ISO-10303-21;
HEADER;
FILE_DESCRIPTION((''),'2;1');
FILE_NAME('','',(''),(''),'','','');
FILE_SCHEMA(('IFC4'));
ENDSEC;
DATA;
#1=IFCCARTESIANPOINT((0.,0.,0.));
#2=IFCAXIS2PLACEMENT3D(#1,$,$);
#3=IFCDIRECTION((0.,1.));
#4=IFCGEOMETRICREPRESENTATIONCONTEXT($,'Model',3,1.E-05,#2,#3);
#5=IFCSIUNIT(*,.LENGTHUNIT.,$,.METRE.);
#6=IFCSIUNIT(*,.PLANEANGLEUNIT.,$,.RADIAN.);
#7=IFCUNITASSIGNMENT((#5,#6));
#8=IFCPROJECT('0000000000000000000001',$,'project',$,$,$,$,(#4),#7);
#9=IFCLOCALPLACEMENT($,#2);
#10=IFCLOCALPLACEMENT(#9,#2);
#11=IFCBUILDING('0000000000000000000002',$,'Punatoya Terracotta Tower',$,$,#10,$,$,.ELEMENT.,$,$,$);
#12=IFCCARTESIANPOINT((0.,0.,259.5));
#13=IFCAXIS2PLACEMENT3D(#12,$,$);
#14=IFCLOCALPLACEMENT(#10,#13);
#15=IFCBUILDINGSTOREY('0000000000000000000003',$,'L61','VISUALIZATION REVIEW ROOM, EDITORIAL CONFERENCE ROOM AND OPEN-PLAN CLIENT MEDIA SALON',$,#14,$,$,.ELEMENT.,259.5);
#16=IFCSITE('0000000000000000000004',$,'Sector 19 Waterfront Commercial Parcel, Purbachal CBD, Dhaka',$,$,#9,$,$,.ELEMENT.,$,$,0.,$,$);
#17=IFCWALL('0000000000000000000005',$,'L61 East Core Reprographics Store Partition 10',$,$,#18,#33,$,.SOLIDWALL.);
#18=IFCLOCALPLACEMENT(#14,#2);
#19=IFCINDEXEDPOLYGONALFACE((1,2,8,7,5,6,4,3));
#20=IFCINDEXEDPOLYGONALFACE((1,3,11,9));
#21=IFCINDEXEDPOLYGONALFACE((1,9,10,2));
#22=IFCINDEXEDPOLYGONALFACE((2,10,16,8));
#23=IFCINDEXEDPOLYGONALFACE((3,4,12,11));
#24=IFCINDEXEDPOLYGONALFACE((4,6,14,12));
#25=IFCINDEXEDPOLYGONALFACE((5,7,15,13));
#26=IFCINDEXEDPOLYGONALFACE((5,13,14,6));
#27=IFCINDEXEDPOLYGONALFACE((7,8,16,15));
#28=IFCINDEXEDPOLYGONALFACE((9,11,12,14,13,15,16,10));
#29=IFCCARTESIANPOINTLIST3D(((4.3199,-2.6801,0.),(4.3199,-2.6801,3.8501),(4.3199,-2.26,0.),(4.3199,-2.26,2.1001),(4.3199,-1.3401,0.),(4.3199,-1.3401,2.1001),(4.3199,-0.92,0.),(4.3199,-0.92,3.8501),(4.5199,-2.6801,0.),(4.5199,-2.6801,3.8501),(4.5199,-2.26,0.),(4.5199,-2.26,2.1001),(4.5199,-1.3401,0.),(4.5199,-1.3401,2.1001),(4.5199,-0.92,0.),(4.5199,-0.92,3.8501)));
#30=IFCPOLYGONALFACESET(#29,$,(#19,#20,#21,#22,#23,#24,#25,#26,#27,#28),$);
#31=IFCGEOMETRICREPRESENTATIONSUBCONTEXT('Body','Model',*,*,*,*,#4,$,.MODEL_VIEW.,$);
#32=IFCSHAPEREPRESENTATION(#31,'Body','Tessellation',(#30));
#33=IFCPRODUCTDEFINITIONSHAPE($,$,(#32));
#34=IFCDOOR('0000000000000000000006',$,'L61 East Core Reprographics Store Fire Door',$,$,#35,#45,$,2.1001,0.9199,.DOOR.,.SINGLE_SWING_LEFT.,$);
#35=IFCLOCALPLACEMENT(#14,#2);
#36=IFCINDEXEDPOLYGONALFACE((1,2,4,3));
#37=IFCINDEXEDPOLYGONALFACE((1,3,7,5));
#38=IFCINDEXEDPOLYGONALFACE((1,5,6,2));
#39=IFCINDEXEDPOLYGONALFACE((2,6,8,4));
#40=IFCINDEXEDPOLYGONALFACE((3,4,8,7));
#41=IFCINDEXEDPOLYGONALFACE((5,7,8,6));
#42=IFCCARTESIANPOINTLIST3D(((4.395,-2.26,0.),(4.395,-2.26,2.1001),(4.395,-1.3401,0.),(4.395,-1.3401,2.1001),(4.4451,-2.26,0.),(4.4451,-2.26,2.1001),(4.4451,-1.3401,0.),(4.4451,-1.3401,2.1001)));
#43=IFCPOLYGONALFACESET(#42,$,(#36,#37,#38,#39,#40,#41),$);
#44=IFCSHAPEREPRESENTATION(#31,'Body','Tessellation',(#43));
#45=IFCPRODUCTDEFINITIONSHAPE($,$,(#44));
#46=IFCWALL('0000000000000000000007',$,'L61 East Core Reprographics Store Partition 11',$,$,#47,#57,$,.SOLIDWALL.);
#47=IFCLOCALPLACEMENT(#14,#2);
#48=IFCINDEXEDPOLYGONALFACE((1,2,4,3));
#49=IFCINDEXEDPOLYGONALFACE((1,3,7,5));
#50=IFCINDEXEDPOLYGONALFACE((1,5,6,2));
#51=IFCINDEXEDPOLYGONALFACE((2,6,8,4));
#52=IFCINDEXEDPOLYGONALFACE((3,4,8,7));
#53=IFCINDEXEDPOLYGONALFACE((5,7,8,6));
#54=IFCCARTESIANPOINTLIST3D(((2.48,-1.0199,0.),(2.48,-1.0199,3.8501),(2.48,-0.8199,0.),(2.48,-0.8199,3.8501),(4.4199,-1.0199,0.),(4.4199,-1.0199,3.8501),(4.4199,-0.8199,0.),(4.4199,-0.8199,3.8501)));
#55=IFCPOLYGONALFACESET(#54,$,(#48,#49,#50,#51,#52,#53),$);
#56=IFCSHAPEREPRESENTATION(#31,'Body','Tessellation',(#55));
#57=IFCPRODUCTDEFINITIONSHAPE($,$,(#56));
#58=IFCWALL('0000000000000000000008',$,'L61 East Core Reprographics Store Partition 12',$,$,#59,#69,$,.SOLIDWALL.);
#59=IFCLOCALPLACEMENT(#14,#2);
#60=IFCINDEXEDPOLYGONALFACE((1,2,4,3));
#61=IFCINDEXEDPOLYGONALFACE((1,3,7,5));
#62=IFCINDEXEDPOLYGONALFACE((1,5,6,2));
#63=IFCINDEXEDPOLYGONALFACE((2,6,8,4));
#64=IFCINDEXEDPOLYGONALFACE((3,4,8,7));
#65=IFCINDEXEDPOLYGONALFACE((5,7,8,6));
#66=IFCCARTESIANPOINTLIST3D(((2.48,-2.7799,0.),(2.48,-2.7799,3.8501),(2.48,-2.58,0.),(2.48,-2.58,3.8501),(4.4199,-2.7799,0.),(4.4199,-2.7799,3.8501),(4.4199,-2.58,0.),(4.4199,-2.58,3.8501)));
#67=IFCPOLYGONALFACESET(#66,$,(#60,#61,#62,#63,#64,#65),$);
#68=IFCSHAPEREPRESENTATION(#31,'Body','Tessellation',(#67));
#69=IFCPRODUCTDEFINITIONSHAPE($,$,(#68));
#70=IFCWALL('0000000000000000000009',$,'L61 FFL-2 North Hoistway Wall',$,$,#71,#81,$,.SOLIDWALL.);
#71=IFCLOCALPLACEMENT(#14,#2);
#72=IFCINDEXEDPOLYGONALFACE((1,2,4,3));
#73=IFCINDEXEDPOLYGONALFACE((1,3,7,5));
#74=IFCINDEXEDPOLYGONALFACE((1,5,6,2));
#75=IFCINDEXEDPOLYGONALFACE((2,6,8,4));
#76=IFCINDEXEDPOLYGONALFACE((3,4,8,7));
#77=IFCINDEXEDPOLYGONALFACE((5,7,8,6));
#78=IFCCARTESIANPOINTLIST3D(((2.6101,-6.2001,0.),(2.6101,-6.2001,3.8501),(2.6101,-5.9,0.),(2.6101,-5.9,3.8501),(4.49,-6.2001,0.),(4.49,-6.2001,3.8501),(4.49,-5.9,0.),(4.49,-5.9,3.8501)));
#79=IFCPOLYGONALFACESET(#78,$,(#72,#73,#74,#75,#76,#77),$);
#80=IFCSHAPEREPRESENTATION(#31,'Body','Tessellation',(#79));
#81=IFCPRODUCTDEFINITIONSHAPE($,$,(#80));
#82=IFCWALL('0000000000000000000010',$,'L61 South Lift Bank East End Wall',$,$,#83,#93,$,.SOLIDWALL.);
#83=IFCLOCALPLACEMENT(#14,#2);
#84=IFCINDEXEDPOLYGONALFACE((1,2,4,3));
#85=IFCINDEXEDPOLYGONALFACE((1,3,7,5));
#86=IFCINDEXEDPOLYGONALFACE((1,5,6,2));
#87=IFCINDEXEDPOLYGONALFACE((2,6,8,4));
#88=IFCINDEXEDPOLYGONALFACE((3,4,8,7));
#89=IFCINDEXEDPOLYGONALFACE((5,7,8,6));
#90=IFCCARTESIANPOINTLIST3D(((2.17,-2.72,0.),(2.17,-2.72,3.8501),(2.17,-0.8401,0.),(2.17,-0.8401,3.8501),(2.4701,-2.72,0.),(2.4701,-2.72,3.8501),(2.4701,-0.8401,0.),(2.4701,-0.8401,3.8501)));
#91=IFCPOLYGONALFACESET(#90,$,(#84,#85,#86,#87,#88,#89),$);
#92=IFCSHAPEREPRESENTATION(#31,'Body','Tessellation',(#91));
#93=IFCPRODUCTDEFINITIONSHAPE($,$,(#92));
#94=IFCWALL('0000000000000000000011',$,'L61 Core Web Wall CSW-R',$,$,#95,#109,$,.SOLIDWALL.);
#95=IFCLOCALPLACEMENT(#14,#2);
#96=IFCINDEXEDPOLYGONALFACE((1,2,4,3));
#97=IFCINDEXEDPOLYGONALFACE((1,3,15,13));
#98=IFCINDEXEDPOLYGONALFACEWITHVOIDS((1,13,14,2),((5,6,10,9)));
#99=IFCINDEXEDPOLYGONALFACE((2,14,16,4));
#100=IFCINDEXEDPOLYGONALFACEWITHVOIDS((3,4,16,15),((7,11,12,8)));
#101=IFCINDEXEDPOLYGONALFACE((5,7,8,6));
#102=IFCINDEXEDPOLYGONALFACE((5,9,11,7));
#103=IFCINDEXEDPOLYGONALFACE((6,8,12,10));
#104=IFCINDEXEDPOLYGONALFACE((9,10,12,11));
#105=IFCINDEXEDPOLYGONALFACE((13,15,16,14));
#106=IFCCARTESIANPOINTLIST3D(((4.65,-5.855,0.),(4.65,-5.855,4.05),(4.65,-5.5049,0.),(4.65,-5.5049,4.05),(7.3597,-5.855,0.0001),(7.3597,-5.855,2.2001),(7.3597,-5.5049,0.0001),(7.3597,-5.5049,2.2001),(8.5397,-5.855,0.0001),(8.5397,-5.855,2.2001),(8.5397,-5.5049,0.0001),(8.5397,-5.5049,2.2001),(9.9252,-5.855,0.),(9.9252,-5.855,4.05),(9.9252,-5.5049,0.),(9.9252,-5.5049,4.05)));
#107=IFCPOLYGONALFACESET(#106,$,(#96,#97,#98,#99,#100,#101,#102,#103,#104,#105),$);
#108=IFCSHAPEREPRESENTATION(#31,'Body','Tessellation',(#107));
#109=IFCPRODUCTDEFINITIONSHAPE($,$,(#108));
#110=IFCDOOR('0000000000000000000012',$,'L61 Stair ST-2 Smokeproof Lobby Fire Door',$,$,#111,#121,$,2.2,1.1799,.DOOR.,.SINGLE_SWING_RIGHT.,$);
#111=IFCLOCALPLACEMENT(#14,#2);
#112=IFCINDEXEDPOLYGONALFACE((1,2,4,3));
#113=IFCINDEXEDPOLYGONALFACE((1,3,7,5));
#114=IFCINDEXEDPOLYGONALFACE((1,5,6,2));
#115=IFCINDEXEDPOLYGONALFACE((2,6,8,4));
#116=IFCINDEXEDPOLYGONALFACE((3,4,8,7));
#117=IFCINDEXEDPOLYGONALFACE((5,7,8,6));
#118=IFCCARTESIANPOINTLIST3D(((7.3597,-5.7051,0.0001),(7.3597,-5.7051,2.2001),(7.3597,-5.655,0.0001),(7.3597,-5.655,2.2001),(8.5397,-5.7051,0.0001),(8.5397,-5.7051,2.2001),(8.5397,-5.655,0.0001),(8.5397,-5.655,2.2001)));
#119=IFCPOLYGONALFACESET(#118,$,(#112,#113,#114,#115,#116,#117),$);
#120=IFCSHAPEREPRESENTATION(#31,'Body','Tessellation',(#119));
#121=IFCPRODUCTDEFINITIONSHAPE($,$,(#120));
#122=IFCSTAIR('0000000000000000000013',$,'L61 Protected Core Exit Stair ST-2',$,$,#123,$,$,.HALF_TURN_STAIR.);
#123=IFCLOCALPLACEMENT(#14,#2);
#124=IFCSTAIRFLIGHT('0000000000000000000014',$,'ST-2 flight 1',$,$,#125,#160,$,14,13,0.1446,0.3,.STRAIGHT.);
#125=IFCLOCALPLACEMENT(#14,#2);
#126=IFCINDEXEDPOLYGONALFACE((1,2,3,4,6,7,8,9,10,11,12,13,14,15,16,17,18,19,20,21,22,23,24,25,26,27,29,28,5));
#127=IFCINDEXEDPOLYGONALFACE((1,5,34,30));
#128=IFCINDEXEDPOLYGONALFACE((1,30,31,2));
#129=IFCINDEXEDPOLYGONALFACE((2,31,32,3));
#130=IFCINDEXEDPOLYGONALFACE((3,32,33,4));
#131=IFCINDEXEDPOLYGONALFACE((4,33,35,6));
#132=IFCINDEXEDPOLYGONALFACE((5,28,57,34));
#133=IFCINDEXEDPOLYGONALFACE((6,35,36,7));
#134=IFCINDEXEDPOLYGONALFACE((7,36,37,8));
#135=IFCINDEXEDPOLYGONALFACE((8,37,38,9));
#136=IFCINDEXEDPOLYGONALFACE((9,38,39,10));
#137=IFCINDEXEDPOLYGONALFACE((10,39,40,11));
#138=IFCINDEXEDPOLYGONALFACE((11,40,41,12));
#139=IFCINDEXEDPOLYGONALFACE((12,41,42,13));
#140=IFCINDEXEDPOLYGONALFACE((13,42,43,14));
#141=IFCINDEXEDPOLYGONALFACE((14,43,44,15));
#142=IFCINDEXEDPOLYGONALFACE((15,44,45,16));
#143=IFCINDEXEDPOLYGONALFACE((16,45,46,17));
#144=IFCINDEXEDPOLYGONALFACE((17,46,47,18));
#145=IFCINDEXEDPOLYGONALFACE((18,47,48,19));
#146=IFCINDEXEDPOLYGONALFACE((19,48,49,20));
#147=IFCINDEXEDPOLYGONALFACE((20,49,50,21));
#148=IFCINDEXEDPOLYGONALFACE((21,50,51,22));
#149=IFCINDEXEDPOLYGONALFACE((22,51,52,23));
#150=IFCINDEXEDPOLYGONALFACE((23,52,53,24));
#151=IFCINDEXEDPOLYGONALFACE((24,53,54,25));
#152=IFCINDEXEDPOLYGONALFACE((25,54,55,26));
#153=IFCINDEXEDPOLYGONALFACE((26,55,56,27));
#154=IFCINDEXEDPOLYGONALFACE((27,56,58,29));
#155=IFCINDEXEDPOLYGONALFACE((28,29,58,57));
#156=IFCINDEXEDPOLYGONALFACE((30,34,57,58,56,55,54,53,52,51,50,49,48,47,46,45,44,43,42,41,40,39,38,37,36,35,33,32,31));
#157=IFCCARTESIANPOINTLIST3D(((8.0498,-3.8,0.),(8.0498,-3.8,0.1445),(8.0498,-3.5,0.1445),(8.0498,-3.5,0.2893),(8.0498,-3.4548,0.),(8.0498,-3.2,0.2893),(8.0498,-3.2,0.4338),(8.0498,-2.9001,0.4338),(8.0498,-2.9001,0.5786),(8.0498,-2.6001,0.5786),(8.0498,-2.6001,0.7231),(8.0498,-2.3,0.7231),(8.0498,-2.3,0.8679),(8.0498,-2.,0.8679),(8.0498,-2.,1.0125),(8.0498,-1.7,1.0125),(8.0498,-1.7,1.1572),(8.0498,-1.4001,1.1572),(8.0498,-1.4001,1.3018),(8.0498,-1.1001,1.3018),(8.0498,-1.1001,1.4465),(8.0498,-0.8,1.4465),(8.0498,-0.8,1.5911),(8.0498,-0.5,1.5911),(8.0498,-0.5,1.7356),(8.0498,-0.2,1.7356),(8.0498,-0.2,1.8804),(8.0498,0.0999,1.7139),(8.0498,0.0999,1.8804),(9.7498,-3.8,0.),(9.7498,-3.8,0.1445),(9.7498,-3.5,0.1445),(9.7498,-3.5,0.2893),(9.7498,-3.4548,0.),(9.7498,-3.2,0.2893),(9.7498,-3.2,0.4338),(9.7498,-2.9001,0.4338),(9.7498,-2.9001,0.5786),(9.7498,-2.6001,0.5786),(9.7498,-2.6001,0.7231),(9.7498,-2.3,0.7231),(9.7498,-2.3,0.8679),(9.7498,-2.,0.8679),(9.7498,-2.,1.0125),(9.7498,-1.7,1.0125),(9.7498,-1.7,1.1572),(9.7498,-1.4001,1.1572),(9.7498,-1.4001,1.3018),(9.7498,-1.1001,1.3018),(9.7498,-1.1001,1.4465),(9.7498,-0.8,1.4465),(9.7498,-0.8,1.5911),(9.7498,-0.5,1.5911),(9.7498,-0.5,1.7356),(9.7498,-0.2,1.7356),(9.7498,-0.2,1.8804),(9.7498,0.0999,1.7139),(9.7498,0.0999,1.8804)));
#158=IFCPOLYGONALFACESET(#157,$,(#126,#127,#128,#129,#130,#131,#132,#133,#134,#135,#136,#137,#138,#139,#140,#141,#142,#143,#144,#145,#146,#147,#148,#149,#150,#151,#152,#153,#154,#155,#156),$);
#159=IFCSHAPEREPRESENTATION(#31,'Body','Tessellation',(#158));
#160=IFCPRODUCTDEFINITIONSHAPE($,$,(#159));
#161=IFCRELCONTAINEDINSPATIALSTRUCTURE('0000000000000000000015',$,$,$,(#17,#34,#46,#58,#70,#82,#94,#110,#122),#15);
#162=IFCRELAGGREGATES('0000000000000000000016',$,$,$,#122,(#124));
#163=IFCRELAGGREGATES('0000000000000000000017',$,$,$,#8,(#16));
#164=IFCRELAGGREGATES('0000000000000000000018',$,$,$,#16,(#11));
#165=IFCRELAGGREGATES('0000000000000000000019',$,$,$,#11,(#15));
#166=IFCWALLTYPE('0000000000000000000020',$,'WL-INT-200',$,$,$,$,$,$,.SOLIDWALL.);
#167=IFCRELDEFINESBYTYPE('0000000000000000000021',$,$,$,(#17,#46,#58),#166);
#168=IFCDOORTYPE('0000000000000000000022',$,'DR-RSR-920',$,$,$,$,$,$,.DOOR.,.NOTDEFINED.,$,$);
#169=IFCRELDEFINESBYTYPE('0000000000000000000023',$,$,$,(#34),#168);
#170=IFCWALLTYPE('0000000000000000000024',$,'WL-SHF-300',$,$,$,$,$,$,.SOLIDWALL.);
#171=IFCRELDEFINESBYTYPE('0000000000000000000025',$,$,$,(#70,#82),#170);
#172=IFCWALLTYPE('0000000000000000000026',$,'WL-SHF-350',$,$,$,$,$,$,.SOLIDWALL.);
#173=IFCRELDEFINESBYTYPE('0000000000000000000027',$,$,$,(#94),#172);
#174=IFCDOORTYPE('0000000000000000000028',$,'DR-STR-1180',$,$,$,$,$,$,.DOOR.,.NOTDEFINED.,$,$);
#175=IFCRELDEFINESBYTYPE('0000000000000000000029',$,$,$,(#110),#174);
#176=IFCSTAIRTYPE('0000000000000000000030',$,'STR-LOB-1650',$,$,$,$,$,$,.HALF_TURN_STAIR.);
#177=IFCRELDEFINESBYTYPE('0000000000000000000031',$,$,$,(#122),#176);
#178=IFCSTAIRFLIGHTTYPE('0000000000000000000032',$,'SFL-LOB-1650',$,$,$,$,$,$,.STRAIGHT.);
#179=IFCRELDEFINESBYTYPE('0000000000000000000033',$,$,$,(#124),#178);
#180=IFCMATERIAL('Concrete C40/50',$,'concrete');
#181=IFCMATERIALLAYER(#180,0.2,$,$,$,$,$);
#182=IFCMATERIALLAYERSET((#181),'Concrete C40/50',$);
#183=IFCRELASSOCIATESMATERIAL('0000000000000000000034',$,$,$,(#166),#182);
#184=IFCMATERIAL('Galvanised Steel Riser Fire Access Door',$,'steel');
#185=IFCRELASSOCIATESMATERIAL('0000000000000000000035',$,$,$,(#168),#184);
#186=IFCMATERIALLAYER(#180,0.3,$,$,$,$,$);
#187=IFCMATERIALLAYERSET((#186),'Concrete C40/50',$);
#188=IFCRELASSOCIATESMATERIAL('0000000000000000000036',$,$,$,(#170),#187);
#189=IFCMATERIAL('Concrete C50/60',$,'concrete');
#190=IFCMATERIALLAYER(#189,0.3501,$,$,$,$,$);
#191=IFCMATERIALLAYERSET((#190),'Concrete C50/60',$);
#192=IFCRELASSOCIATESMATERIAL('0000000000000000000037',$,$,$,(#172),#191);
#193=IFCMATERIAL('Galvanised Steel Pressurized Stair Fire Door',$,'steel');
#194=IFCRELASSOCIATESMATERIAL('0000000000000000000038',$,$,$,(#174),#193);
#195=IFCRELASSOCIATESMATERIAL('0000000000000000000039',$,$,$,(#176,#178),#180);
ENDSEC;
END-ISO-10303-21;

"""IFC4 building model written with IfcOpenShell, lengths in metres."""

from ifc_helpers import new_model, si_unit, direction, frame, frame_2d, origin, place, context, subcontext, project, spatial, polyline, rectangle, outline, extrude, material, layer, layer_set, type_object, element, fill, aggregate, save


model = new_model("IFC4")

# Units and contexts
model_context = context("Model", 3, precision=1e-05, world=origin(), true_north=direction((0.0, 1.0)))
body_context = subcontext(model_context, "Body", "Model", "MODEL_VIEW")
ifc_project = project(units=[si_unit("LENGTHUNIT", "METRE"), si_unit("PLANEANGLEUNIT", "RADIAN")], contexts=[model_context])

# Site, building, storey
site_placement = place(None, origin())
site = spatial("IfcSite", under=ifc_project, at=site_placement, Name="Sector 19 Waterfront Commercial Parcel, Purbachal CBD, Dhaka", CompositionType="ELEMENT", RefElevation=0.0)
building_placement = place(site_placement, origin())
building = spatial("IfcBuilding", under=site, at=building_placement, Name="Punatoya Terracotta Tower", CompositionType="ELEMENT")
storey_placement = place(building_placement, frame((0.0, 0.0, 259.5)))
storey = spatial("IfcBuildingStorey", under=building, at=storey_placement, Name="L61", Description="VISUALIZATION REVIEW ROOM, EDITORIAL CONFERENCE ROOM AND OPEN-PLAN CLIENT MEDIA SALON", CompositionType="ELEMENT", Elevation=259.5)

# Shared definitions
ifc_material_1 = material(Name="Concrete C40/50", Category="concrete")
ifc_layer_1 = layer(ifc_material_1, 0.2)
ifc_layer_set_1 = layer_set([ifc_layer_1], Name="Concrete C40/50")
wall_type_1 = type_object("IfcWallType", Name="WL-INT-200", PredefinedType="SOLIDWALL", material=ifc_layer_set_1)

# Wall, opening, door
wall_1_placement = place(storey_placement, frame((4.4199, -2.6799, 0.0), z_axis=(0.0, 0.0, 1.0), x_axis=(0.0, 1.0, 0.0)))
wall_1 = element("IfcWall", 1, at=wall_1_placement, inside=storey, type_object=wall_type_1, Name="L61 East Core Reprographics Store Partition 10", PredefinedType="SOLIDWALL", context=body_context, shape_type="SweptSolid", body=[
    extrude(rectangle(XDim=1.76, YDim=0.2, at=frame_2d((0.8799, 0.0))), origin(), (0.0, 0.0, 1.0), 3.8501),
])
opening_1_placement = place(wall_1_placement, frame((0.4199, 0.0, 0.0)))
opening_1 = element("IfcOpeningElement", 2, at=opening_1_placement, cuts=wall_1, PredefinedType="OPENING", context=body_context, shape_type="SweptSolid", body=[
    extrude(rectangle(XDim=0.9199, YDim=2.1001, at=frame_2d((0.46, 1.05))), frame((0.0, 0.1099, 0.0), z_axis=(0.0, -1.0, 0.0), x_axis=(1.0, 0.0, 0.0)), (0.0, 0.0, 1.0), 0.22),
])
ifc_material_2 = material(Name="Galvanised Steel Riser Fire Access Door", Category="steel")
door_type_1 = type_object("IfcDoorType", Name="DR-RSR-920", OperationType="NOTDEFINED", PredefinedType="DOOR", material=ifc_material_2)
door_1_placement = place(opening_1_placement, origin())
door_1 = element("IfcDoor", 3, at=door_1_placement, inside=storey, type_object=door_type_1, Name="L61 East Core Reprographics Store Fire Door", OperationType="SINGLE_SWING_LEFT", OverallHeight=2.1001, OverallWidth=0.9199, PredefinedType="DOOR", context=body_context, shape_type="SweptSolid", body=[
    extrude(rectangle(XDim=0.9199, YDim=2.1001, at=frame_2d((0.46, 1.05))), frame((0.0, 0.0249, 0.0), z_axis=(0.0, -1.0, 0.0), x_axis=(1.0, 0.0, 0.0)), (0.0, 0.0, 1.0), 0.05),
])
fill(opening_1, door_1)

# Walls
for number, where, z_axis, x_axis, name in (
    (4, (4.4199, -0.9199, 0.0), (0.0, 0.0, 1.0), (-1.0, 0.0, 0.0), "L61 East Core Reprographics Store Partition 11"),
    (5, (2.48, -2.6799, 0.0), (0.0, 0.0, 1.0), (1.0, 0.0, 0.0), "L61 East Core Reprographics Store Partition 12"),
):
    element("IfcWall", number, at=place(storey_placement, frame(where, z_axis=z_axis, x_axis=x_axis)), inside=storey, type_object=wall_type_1, Name=name, PredefinedType="SOLIDWALL", context=body_context, shape_type="SweptSolid", body=[
        extrude(rectangle(XDim=1.9399, YDim=0.2, at=frame_2d((0.97, 0.0))), origin(), (0.0, 0.0, 1.0), 3.8501),
    ])
ifc_layer_2 = layer(ifc_material_1, 0.3)
ifc_layer_set_2 = layer_set([ifc_layer_2], Name="Concrete C40/50")
wall_type_2 = type_object("IfcWallType", Name="WL-SHF-300", PredefinedType="SOLIDWALL", material=ifc_layer_set_2)
for number, where, z_axis, x_axis, name in (
    (6, (2.6101, -6.05, 0.0), (0.0, 0.0, 1.0), (1.0, 0.0, 0.0), "L61 FFL-2 North Hoistway Wall"),
    (7, (2.3201, -2.72, 0.0), (0.0, 0.0, 1.0), (0.0, 1.0, 0.0), "L61 South Lift Bank East End Wall"),
):
    element("IfcWall", number, at=place(storey_placement, frame(where, z_axis=z_axis, x_axis=x_axis)), inside=storey, type_object=wall_type_2, Name=name, PredefinedType="SOLIDWALL", context=body_context, shape_type="SweptSolid", body=[
        extrude(rectangle(XDim=1.8799, YDim=0.3, at=frame_2d((0.9399, 0.0))), origin(), (0.0, 0.0, 1.0), 3.8501),
    ])

# Wall, opening, door
ifc_material_3 = material(Name="Concrete C50/60", Category="concrete")
ifc_layer_3 = layer(ifc_material_3, 0.3501)
ifc_layer_set_3 = layer_set([ifc_layer_3], Name="Concrete C50/60")
wall_type_3 = type_object("IfcWallType", Name="WL-SHF-350", PredefinedType="SOLIDWALL", material=ifc_layer_set_3)
wall_2_placement = place(storey_placement, frame((4.6499, -5.6799, 0.0), z_axis=(0.0, 0.0, 1.0), x_axis=(1.0, 0.0, 0.0)))
wall_2 = element("IfcWall", 8, at=wall_2_placement, inside=storey, type_object=wall_type_3, Name="L61 Core Web Wall CSW-R", PredefinedType="SOLIDWALL", context=body_context, shape_type="SweptSolid", body=[
    extrude(rectangle(XDim=5.2751, YDim=0.3501, at=frame_2d((2.6377, 0.0))), origin(), (0.0, 0.0, 1.0), 4.05),
])
opening_2_placement = place(wall_2_placement, frame((2.71, 0.0, 0.0)))
opening_2 = element("IfcOpeningElement", 9, at=opening_2_placement, cuts=wall_2, PredefinedType="OPENING", context=body_context, shape_type="SweptSolid", body=[
    extrude(rectangle(XDim=1.1799, YDim=2.2, at=frame_2d((0.5898, 1.1001))), frame((0.0, 0.1851, 0.0), z_axis=(0.0, -1.0, 0.0), x_axis=(1.0, 0.0, 0.0)), (0.0, 0.0, 1.0), 0.3701),
])
ifc_material_4 = material(Name="Galvanised Steel Pressurized Stair Fire Door", Category="steel")
door_type_2 = type_object("IfcDoorType", Name="DR-STR-1180", OperationType="NOTDEFINED", PredefinedType="DOOR", material=ifc_material_4)
door_2_placement = place(opening_2_placement, origin())
door_2 = element("IfcDoor", 10, at=door_2_placement, inside=storey, type_object=door_type_2, Name="L61 Stair ST-2 Smokeproof Lobby Fire Door", OperationType="SINGLE_SWING_RIGHT", OverallHeight=2.2, OverallWidth=1.1799, PredefinedType="DOOR", context=body_context, shape_type="SweptSolid", body=[
    extrude(rectangle(XDim=1.1799, YDim=2.2, at=frame_2d((0.5898, 1.1001))), frame((0.0, 0.0249, 0.0), z_axis=(0.0, -1.0, 0.0), x_axis=(1.0, 0.0, 0.0)), (0.0, 0.0, 1.0), 0.05),
])
fill(opening_2, door_2)

# Stair, stair flight
stair_type = type_object("IfcStairType", Name="STR-LOB-1650", PredefinedType="HALF_TURN_STAIR", material=ifc_material_1)
stair_placement = place(storey_placement, origin())
stair = element("IfcStair", 11, at=stair_placement, inside=storey, type_object=stair_type, Name="L61 Protected Core Exit Stair ST-2", PredefinedType="HALF_TURN_STAIR")
stair_flight_type = type_object("IfcStairFlightType", Name="SFL-LOB-1650", PredefinedType="STRAIGHT", material=ifc_material_1)
stair_flight_placement = place(storey_placement, frame((8.8999, -3.8, 0.0), z_axis=(0.0, 0.0, 1.0), x_axis=(0.0, 1.0, 0.0)))
stair_flight = element("IfcStairFlight", 12, at=stair_flight_placement, type_object=stair_flight_type, Name="ST-2 flight 1", NumberOfRisers=14, NumberOfTreads=13, PredefinedType="STRAIGHT", RiserHeight=0.1446, TreadLength=0.3, context=body_context, shape_type="SweptSolid", body=[
    extrude(outline(polyline([(0.0, 0.0), (0.0, 0.1445), (0.3, 0.1445), (0.3, 0.2893), (0.6001, 0.2893), (0.6001, 0.4338), (0.8999, 0.4338), (0.8999, 0.5786), (1.2, 0.5786), (1.2, 0.7231), (1.5, 0.7231), (1.5, 0.8679), (1.8, 0.8679), (1.8, 1.0125), (2.1001, 1.0125), (2.1001, 1.1572), (2.3999, 1.1572), (2.3999, 1.3018), (2.7, 1.3018), (2.7, 1.4465), (3.0, 1.4465), (3.0, 1.5911), (3.3, 1.5911), (3.3, 1.7356), (3.6001, 1.7356), (3.6001, 1.8804), (3.8999, 1.8804), (3.8999, 2.0249), (3.8999, 1.7139), (0.3452, 0.0), (0.0, 0.0)])), frame((0.0, 0.8501, 0.0), z_axis=(0.0, -1.0, 0.0), x_axis=(1.0, 0.0, 0.0)), (0.0, 0.0, 1.0), 1.7),
])
aggregate(stair, [stair_flight])

save(model, "model.ifc")
